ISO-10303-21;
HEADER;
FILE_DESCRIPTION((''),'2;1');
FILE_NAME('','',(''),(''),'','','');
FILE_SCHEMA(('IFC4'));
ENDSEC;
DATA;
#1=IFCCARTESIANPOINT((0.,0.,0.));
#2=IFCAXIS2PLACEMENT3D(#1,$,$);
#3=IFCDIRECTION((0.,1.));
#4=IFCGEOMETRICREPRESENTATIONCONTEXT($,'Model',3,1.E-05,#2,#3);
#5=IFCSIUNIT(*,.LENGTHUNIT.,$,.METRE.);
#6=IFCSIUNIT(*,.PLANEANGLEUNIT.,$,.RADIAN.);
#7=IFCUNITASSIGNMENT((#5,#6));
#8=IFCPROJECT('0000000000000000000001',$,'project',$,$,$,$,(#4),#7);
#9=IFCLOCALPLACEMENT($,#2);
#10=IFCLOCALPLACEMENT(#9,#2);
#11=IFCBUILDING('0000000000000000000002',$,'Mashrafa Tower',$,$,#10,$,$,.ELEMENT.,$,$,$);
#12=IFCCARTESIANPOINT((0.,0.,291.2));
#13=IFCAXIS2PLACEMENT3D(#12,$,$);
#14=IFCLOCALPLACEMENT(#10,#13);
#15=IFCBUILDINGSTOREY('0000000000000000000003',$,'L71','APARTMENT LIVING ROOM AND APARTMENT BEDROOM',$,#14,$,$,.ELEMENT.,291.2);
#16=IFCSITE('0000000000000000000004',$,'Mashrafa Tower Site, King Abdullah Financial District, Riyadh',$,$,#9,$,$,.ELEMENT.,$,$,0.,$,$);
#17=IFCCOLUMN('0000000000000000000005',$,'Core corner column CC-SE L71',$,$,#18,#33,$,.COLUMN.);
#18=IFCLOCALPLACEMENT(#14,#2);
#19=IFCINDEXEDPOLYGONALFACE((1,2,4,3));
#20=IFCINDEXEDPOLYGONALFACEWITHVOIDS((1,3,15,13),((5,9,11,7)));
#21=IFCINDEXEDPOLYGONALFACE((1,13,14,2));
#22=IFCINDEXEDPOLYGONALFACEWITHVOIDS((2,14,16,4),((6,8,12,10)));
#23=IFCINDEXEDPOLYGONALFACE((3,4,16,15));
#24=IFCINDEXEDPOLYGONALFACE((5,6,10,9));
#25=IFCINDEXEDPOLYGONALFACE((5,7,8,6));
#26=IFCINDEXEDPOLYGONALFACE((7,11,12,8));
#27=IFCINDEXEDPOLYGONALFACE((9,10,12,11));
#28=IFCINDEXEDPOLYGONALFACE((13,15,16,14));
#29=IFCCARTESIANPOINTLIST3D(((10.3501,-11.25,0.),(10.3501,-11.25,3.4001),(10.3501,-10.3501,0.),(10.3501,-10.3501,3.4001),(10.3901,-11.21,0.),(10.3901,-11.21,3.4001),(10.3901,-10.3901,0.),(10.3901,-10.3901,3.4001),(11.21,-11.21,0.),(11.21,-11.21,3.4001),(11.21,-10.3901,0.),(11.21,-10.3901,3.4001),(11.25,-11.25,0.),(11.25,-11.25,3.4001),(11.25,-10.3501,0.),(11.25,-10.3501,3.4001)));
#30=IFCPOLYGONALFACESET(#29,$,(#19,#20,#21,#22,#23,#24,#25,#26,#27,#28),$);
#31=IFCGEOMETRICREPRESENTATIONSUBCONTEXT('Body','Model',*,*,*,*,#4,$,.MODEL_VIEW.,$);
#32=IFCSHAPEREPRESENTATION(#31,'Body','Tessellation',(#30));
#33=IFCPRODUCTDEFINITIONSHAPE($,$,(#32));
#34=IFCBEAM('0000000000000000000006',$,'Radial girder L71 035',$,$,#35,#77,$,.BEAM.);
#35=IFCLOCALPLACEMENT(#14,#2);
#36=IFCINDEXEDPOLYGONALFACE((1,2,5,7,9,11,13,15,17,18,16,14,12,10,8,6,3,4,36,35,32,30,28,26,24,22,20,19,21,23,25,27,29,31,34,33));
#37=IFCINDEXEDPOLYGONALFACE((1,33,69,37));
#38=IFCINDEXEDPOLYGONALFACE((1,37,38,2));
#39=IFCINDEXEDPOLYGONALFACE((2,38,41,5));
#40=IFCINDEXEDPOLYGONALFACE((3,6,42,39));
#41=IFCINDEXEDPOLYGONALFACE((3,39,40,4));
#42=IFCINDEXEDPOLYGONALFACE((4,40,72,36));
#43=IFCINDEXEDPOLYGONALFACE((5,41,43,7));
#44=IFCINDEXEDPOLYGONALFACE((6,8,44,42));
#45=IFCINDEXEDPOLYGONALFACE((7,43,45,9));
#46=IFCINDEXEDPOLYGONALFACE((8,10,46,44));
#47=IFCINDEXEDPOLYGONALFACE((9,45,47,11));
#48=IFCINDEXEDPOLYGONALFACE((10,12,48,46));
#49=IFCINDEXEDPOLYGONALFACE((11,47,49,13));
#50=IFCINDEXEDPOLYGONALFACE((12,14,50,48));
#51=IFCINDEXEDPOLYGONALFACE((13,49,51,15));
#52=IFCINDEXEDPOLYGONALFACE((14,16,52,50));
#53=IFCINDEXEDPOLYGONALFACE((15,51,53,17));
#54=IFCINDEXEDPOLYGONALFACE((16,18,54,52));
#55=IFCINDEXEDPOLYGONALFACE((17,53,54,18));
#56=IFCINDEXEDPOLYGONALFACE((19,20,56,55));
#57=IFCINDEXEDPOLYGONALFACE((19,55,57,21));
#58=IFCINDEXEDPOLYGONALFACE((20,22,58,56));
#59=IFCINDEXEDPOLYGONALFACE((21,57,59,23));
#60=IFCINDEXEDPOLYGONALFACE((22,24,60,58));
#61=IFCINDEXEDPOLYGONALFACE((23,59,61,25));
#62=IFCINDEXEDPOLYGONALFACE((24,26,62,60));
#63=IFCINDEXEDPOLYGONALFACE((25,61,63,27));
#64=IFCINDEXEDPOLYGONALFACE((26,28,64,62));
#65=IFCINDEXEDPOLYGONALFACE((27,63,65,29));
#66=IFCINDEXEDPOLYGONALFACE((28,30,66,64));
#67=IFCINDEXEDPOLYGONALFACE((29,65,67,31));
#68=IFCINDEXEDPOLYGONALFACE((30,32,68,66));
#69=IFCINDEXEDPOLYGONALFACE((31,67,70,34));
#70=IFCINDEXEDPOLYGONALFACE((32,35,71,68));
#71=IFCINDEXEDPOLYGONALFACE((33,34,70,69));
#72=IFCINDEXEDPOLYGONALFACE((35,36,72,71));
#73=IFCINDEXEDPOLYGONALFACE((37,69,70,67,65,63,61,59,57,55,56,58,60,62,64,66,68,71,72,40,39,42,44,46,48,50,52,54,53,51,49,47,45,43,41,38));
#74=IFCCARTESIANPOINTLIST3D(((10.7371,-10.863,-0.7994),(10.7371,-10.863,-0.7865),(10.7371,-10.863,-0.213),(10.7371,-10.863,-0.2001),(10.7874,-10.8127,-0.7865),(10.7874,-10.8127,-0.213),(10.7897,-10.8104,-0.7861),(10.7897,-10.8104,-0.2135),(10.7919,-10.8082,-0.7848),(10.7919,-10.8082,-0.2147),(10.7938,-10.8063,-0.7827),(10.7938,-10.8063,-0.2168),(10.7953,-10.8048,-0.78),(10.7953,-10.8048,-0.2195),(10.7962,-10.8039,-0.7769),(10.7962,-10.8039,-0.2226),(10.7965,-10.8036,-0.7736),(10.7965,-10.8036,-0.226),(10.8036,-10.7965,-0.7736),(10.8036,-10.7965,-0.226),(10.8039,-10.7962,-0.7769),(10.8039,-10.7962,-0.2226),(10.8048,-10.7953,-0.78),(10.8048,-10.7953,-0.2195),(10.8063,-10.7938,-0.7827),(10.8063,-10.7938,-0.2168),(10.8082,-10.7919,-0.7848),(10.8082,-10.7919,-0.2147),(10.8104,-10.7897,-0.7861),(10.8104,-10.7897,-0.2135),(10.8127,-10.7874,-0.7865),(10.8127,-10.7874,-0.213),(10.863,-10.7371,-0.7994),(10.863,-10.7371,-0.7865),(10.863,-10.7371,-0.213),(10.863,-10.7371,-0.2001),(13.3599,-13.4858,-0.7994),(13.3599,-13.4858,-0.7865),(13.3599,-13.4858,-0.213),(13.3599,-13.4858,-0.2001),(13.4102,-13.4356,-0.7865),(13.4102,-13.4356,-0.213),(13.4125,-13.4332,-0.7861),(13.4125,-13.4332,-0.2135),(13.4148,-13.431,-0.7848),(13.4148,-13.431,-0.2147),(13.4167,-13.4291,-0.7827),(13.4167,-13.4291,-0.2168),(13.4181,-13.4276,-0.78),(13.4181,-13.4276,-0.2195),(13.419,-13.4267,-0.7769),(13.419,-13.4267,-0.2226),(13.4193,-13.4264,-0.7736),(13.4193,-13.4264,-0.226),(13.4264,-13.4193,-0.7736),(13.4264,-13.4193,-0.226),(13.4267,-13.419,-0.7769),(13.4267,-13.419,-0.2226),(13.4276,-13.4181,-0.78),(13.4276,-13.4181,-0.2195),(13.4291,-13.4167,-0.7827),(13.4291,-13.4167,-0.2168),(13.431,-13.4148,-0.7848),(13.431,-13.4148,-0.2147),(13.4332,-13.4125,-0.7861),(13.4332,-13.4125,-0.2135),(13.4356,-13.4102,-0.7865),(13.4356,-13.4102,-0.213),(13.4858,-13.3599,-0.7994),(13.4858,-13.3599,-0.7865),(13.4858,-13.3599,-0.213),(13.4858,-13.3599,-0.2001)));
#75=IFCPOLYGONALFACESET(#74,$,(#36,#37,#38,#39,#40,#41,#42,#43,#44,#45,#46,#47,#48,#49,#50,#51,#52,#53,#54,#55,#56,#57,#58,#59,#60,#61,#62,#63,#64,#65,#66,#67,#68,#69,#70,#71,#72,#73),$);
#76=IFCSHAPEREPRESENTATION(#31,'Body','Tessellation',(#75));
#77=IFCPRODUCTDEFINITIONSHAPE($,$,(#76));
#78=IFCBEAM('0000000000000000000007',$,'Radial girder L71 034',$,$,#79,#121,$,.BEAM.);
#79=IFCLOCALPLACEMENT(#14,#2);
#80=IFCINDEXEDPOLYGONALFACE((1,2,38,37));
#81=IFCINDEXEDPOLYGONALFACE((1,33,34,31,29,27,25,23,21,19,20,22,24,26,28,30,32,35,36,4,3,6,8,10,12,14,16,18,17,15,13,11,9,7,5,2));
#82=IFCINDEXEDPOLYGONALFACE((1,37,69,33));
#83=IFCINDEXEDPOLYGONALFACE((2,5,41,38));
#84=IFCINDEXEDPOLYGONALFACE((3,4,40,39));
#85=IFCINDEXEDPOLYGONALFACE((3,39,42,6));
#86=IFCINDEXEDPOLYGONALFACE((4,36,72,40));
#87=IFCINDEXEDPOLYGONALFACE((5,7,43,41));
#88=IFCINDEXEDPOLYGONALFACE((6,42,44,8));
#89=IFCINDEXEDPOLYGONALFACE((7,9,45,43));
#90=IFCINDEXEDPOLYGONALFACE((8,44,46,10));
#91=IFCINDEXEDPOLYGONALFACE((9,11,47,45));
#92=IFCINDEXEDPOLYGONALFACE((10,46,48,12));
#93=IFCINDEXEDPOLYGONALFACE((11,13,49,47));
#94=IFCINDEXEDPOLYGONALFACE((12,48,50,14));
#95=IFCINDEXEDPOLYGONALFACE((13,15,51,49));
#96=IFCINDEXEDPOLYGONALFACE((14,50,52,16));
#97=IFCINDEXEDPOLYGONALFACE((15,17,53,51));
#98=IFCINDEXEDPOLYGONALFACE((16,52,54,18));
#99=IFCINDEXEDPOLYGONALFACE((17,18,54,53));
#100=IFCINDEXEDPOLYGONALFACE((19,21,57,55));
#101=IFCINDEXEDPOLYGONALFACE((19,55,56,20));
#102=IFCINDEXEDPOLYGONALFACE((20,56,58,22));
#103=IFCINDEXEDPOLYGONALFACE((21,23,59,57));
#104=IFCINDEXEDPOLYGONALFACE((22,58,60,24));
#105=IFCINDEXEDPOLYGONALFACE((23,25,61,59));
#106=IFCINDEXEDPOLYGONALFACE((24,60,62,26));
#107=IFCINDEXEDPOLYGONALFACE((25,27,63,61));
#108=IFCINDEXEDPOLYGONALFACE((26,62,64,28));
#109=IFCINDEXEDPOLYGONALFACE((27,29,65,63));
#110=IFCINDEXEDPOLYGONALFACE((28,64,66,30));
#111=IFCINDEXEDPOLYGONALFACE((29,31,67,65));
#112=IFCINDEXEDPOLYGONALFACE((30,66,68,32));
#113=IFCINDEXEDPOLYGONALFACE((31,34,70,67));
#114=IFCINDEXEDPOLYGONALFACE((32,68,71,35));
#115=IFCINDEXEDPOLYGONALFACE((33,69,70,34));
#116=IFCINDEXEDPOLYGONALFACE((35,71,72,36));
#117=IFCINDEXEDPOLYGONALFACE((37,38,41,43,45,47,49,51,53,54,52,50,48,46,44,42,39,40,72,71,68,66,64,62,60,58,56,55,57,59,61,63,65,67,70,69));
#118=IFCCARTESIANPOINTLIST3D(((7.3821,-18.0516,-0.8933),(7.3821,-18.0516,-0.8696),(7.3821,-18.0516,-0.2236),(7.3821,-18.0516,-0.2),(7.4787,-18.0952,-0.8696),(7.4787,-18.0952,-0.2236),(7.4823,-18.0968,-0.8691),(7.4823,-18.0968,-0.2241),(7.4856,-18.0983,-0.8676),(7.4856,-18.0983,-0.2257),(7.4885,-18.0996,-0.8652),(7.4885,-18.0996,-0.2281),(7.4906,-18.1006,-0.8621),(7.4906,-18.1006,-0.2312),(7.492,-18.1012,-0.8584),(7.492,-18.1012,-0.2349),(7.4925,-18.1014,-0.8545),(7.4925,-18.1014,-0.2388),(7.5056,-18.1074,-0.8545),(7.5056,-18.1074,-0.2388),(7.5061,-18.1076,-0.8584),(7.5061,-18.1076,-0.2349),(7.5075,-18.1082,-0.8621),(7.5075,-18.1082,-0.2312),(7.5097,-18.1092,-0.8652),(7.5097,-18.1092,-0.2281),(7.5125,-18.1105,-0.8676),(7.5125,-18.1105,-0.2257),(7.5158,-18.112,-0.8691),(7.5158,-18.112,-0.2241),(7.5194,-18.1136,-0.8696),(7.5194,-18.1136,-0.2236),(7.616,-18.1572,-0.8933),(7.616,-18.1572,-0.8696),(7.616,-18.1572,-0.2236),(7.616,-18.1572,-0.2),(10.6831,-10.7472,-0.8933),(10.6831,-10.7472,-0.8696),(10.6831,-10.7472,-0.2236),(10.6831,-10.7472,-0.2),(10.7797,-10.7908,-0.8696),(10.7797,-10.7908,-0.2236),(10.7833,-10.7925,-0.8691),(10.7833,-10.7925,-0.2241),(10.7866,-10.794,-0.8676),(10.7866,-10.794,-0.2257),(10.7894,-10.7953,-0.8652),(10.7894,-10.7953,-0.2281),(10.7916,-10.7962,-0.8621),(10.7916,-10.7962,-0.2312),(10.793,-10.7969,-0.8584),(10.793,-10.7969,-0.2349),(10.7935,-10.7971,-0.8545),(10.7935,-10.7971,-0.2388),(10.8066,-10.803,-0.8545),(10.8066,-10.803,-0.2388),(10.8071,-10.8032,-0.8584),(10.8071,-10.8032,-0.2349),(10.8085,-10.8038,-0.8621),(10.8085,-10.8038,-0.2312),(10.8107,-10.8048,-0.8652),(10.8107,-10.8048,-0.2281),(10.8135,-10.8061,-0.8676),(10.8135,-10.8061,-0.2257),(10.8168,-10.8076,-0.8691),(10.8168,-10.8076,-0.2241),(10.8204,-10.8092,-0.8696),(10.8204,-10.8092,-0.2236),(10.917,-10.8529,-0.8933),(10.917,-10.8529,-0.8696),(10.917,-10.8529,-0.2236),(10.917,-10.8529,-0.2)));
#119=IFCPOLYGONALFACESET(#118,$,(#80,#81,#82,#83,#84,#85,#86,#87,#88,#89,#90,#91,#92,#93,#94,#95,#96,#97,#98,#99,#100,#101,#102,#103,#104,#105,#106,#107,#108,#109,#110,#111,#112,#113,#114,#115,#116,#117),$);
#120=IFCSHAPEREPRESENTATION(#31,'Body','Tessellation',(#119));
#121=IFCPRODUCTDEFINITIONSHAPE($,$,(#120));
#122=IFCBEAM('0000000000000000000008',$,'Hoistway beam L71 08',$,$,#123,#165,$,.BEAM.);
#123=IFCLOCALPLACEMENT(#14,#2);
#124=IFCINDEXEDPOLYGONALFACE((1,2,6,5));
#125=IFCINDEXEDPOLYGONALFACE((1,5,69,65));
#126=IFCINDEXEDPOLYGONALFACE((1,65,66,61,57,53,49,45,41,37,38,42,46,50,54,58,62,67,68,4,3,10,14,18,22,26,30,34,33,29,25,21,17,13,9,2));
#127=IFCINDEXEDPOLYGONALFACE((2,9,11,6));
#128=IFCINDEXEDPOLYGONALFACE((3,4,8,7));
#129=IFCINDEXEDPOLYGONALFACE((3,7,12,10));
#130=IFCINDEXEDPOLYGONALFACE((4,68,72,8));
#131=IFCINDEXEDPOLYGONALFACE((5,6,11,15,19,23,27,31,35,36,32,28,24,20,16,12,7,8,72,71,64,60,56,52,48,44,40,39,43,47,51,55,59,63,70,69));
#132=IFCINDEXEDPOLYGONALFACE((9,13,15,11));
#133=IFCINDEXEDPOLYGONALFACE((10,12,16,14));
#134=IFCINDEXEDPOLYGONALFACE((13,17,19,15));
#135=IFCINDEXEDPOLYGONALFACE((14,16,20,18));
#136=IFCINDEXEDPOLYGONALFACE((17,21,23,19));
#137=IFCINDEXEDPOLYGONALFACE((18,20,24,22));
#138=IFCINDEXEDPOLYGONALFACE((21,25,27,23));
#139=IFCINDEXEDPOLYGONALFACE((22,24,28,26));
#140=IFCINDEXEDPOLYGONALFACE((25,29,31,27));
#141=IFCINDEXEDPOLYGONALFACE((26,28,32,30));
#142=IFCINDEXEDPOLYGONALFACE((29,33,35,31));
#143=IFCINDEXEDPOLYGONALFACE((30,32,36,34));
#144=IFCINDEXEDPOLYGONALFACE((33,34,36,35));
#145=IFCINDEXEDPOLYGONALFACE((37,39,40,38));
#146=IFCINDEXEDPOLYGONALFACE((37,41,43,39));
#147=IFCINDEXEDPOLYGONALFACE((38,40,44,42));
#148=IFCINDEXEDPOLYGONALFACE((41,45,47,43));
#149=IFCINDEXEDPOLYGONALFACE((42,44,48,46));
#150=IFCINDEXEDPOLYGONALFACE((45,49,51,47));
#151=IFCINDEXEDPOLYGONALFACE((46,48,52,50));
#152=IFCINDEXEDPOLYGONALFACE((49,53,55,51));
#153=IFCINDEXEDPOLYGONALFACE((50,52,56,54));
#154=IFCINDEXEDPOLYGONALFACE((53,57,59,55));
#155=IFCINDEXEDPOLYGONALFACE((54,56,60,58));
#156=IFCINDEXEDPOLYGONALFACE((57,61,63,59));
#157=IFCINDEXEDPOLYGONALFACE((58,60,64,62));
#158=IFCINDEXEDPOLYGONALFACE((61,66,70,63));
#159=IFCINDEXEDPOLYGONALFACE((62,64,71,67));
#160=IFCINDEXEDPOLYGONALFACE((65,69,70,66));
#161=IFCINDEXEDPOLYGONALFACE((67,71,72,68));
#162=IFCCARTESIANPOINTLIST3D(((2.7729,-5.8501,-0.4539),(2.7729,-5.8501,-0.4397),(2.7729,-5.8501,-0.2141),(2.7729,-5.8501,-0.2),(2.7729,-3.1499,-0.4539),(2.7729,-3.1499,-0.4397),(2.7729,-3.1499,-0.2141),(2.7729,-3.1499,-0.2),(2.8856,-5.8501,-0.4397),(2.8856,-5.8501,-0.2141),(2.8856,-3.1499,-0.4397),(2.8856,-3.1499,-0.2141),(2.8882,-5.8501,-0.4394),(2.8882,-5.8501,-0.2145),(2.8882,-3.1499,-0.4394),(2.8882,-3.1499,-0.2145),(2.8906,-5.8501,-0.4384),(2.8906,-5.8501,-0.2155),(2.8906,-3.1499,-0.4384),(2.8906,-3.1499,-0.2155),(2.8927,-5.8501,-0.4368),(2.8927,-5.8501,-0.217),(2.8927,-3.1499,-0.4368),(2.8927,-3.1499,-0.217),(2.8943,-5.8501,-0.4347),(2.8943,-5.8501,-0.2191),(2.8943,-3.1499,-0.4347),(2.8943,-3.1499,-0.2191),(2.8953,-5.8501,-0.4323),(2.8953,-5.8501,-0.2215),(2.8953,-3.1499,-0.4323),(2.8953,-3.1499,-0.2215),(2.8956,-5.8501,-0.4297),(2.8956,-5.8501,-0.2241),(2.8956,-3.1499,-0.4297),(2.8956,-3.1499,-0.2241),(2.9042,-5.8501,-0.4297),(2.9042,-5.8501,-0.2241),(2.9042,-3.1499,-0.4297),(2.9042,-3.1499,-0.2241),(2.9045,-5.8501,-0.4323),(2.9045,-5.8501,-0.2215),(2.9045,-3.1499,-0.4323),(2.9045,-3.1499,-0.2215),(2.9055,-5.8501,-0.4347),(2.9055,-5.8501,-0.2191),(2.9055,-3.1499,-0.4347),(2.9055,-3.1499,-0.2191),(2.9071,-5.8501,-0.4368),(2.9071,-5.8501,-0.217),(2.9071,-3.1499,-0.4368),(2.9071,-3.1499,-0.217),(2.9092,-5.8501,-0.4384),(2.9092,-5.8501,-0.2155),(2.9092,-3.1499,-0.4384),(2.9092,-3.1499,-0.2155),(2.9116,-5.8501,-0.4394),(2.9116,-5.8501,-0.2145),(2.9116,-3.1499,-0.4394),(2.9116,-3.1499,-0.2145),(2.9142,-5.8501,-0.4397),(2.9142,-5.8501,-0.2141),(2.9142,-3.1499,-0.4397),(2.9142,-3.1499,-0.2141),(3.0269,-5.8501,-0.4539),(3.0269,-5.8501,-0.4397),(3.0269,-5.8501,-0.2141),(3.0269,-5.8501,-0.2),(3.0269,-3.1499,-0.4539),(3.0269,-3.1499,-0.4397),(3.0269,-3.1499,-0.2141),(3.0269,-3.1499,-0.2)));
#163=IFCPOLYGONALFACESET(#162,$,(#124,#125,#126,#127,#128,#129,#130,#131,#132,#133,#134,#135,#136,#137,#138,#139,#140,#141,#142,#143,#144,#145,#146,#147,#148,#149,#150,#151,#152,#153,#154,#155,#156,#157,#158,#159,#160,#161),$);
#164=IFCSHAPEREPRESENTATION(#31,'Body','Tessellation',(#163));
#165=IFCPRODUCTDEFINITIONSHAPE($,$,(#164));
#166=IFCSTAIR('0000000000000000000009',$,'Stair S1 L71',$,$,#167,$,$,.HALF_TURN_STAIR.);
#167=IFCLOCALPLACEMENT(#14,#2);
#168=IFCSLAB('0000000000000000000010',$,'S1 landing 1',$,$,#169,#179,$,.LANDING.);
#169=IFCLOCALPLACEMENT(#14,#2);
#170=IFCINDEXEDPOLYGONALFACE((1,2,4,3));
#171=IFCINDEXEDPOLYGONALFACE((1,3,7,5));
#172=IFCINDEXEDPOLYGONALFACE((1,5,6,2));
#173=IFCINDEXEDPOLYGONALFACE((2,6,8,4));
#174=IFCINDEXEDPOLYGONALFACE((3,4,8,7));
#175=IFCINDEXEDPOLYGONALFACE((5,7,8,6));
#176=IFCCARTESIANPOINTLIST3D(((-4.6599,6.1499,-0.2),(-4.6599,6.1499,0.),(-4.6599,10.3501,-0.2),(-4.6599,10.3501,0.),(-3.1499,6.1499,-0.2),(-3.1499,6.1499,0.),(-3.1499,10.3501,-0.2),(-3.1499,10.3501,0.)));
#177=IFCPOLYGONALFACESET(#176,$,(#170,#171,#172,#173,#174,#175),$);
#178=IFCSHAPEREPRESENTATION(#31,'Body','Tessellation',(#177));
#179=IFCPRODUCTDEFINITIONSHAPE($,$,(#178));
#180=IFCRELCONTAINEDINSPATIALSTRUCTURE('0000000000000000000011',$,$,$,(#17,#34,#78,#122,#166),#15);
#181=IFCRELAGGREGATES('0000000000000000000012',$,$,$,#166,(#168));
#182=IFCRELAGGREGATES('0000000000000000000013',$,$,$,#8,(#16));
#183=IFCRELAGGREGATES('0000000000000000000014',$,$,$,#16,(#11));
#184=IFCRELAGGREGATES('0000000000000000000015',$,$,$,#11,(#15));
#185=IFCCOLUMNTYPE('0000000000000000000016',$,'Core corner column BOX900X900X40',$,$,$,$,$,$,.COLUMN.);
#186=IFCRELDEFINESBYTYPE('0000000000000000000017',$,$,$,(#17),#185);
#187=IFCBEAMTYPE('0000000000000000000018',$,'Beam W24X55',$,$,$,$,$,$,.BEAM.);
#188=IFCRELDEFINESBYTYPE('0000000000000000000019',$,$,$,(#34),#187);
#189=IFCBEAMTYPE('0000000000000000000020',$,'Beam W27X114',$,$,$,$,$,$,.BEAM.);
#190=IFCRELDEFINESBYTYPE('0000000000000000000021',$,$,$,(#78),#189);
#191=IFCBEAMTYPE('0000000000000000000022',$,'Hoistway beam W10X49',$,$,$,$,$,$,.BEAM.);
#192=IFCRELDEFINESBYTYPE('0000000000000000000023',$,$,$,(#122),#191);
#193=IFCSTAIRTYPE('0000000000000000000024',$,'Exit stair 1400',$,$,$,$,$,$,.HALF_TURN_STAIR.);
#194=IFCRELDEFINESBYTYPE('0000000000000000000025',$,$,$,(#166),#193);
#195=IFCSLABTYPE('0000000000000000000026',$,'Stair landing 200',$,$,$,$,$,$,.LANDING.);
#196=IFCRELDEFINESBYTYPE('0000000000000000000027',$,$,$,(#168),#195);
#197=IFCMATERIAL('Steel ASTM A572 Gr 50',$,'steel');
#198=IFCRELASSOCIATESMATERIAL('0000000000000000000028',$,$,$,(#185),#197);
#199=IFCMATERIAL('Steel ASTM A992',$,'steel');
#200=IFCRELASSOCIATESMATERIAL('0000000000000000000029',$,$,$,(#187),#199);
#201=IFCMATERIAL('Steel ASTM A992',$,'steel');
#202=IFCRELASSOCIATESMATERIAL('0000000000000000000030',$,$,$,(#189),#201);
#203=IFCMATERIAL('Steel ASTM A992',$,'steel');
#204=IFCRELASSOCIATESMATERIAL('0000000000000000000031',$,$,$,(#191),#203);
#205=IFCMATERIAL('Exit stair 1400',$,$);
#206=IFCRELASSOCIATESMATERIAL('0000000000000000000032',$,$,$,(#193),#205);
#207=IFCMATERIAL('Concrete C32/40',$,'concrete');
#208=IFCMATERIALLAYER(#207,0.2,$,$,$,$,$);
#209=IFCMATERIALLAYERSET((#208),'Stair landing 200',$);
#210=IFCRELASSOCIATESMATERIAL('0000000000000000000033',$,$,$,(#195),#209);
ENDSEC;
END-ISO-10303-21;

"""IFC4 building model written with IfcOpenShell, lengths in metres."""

from ifc_helpers import new_model, si_unit, direction, frame, origin, origin_2d, place, context, subcontext, project, spatial, polyline, hollow_rectangle, i_section, outline, extrude, material, layer, layer_set, material_profile, profile_set, type_object, element, aggregate, save


model = new_model("IFC4")

# Units and contexts
model_context = context("Model", 3, precision=1e-05, world=origin(), true_north=direction((0.0, 1.0)))
body_context = subcontext(model_context, "Body", "Model", "MODEL_VIEW")
ifc_project = project(units=[si_unit("LENGTHUNIT", "METRE"), si_unit("PLANEANGLEUNIT", "RADIAN")], contexts=[model_context])

# Site, building, storey
site_placement = place(None, origin())
site = spatial("IfcSite", under=ifc_project, at=site_placement, Name="Mashrafa Tower Site, King Abdullah Financial District, Riyadh", CompositionType="ELEMENT", RefElevation=0.0)
building_placement = place(site_placement, origin())
building = spatial("IfcBuilding", under=site, at=building_placement, Name="Mashrafa Tower", CompositionType="ELEMENT")
storey_placement = place(building_placement, frame((0.0, 0.0, 291.2)))
storey = spatial("IfcBuildingStorey", under=building, at=storey_placement, Name="L71", Description="APARTMENT LIVING ROOM AND APARTMENT BEDROOM", CompositionType="ELEMENT", Elevation=291.2)

# Column
ifc_material_1 = material(Name="Steel ASTM A572 Gr 50", Category="steel")
ifc_material_profile_1 = material_profile(ifc_material_1, hollow_rectangle(XDim=0.8999, YDim=0.8999, WallThickness=0.04, at=origin_2d()), Name="BOX900X900X40")
ifc_profile_set_1 = profile_set([ifc_material_profile_1], Name="Steel ASTM A572 Gr 50")
column_type = type_object("IfcColumnType", Name="Core corner column BOX900X900X40", PredefinedType="COLUMN", material=ifc_profile_set_1)
column_placement = place(storey_placement, frame((10.8, -10.8, 0.0), z_axis=(0.0, 0.0, 1.0), x_axis=(1.0, 0.0, 0.0)))
element("IfcColumn", 1, at=column_placement, inside=storey, type_object=column_type, Name="Core corner column CC-SE L71", PredefinedType="COLUMN", context=body_context, shape_type="SweptSolid", body=[
    extrude(hollow_rectangle(XDim=0.8999, YDim=0.8999, WallThickness=0.04, at=origin_2d()), origin(), (0.0, 0.0, 1.0), 3.4001),
])

# Beams
ifc_material_2 = material(Name="Steel ASTM A992", Category="steel")
ifc_material_profile_2 = material_profile(ifc_material_2, i_section(OverallWidth=0.178, OverallDepth=0.5994, WebThickness=0.01, FlangeThickness=0.0129, FilletRadius=0.0129, at=origin_2d()), Name="W24X55")
ifc_profile_set_2 = profile_set([ifc_material_profile_2], Name="Steel ASTM A992")
beam_type_1 = type_object("IfcBeamType", Name="Beam W24X55", PredefinedType="BEAM", material=ifc_profile_set_2)
beam_1_placement = place(storey_placement, frame((10.8, -10.8, -0.4998), z_axis=(0.707107, -0.707107, 0.0), x_axis=(0.707107, 0.707107, 0.0)))
element("IfcBeam", 2, at=beam_1_placement, inside=storey, type_object=beam_type_1, Name="Radial girder L71 035", PredefinedType="BEAM", context=body_context, shape_type="SweptSolid", body=[
    extrude(i_section(OverallWidth=0.178, OverallDepth=0.5994, WebThickness=0.01, FlangeThickness=0.0129, FilletRadius=0.0129, at=origin_2d()), origin(), (0.0, 0.0, 1.0), 3.7092),
])
ifc_material_3 = material(Name="Steel ASTM A992", Category="steel")
ifc_material_profile_3 = material_profile(ifc_material_3, i_section(OverallWidth=0.2566, OverallDepth=0.6934, WebThickness=0.0144, FlangeThickness=0.0237, FilletRadius=0.0151, at=origin_2d()), Name="W27X114")
ifc_profile_set_3 = profile_set([ifc_material_profile_3], Name="Steel ASTM A992")
beam_type_2 = type_object("IfcBeamType", Name="Beam W27X114", PredefinedType="BEAM", material=ifc_profile_set_3)
beam_2_placement = place(storey_placement, frame((10.8, -10.8, -0.5466), z_axis=(-0.411819, -0.911266, 0.0), x_axis=(0.911266, -0.411819, 0.0)))
element("IfcBeam", 3, at=beam_2_placement, inside=storey, type_object=beam_type_2, Name="Radial girder L71 034", PredefinedType="BEAM", context=body_context, shape_type="SweptSolid", body=[
    extrude(i_section(OverallWidth=0.2566, OverallDepth=0.6934, WebThickness=0.0144, FlangeThickness=0.0237, FilletRadius=0.0151, at=origin_2d()), origin(), (0.0, 0.0, 1.0), 8.0156),
])
ifc_material_4 = material(Name="Steel ASTM A992", Category="steel")
ifc_material_profile_4 = material_profile(ifc_material_4, i_section(OverallWidth=0.2539, OverallDepth=0.2539, WebThickness=0.0085, FlangeThickness=0.0142, FilletRadius=0.01, at=origin_2d()), Name="W10X49")
ifc_profile_set_4 = profile_set([ifc_material_profile_4], Name="Steel ASTM A992")
beam_type_3 = type_object("IfcBeamType", Name="Hoistway beam W10X49", PredefinedType="BEAM", material=ifc_profile_set_4)
beam_3_placement = place(storey_placement, frame((2.8999, -5.8501, -0.3269), z_axis=(0.0, 1.0, 0.0), x_axis=(-1.0, 0.0, 0.0)))
element("IfcBeam", 4, at=beam_3_placement, inside=storey, type_object=beam_type_3, Name="Hoistway beam L71 08", PredefinedType="BEAM", context=body_context, shape_type="SweptSolid", body=[
    extrude(i_section(OverallWidth=0.2539, OverallDepth=0.2539, WebThickness=0.0085, FlangeThickness=0.0142, FilletRadius=0.01, at=origin_2d()), origin(), (0.0, 0.0, 1.0), 2.7002),
])

# Stair, slab
ifc_material_5 = material(Name="Exit stair 1400")
stair_type = type_object("IfcStairType", Name="Exit stair 1400", PredefinedType="HALF_TURN_STAIR", material=ifc_material_5)
stair_1_placement = place(storey_placement, origin())
stair_1 = element("IfcStair", 5, at=stair_1_placement, inside=storey, type_object=stair_type, Name="Stair S1 L71", PredefinedType="HALF_TURN_STAIR")
ifc_material_6 = material(Name="Concrete C32/40", Category="concrete")
ifc_layer_1 = layer(ifc_material_6, 0.2)
ifc_layer_set_1 = layer_set([ifc_layer_1], Name="Stair landing 200")
slab_type = type_object("IfcSlabType", Name="Stair landing 200", PredefinedType="LANDING", material=ifc_layer_set_1)
slab_1_placement = place(storey_placement, frame((0.0, 0.0, -0.2)))
slab_1 = element("IfcSlab", 6, at=slab_1_placement, type_object=slab_type, Name="S1 landing 1", PredefinedType="LANDING", context=body_context, shape_type="SweptSolid", body=[
    extrude(outline(polyline([(-4.6599, 6.1499), (-3.1499, 6.1499), (-3.1499, 10.3501), (-4.6599, 10.3501), (-4.6599, 6.1499)])), origin(), (0.0, 0.0, 1.0), 0.2),
])
aggregate(stair_1, [slab_1])

save(model, "model.ifc")
